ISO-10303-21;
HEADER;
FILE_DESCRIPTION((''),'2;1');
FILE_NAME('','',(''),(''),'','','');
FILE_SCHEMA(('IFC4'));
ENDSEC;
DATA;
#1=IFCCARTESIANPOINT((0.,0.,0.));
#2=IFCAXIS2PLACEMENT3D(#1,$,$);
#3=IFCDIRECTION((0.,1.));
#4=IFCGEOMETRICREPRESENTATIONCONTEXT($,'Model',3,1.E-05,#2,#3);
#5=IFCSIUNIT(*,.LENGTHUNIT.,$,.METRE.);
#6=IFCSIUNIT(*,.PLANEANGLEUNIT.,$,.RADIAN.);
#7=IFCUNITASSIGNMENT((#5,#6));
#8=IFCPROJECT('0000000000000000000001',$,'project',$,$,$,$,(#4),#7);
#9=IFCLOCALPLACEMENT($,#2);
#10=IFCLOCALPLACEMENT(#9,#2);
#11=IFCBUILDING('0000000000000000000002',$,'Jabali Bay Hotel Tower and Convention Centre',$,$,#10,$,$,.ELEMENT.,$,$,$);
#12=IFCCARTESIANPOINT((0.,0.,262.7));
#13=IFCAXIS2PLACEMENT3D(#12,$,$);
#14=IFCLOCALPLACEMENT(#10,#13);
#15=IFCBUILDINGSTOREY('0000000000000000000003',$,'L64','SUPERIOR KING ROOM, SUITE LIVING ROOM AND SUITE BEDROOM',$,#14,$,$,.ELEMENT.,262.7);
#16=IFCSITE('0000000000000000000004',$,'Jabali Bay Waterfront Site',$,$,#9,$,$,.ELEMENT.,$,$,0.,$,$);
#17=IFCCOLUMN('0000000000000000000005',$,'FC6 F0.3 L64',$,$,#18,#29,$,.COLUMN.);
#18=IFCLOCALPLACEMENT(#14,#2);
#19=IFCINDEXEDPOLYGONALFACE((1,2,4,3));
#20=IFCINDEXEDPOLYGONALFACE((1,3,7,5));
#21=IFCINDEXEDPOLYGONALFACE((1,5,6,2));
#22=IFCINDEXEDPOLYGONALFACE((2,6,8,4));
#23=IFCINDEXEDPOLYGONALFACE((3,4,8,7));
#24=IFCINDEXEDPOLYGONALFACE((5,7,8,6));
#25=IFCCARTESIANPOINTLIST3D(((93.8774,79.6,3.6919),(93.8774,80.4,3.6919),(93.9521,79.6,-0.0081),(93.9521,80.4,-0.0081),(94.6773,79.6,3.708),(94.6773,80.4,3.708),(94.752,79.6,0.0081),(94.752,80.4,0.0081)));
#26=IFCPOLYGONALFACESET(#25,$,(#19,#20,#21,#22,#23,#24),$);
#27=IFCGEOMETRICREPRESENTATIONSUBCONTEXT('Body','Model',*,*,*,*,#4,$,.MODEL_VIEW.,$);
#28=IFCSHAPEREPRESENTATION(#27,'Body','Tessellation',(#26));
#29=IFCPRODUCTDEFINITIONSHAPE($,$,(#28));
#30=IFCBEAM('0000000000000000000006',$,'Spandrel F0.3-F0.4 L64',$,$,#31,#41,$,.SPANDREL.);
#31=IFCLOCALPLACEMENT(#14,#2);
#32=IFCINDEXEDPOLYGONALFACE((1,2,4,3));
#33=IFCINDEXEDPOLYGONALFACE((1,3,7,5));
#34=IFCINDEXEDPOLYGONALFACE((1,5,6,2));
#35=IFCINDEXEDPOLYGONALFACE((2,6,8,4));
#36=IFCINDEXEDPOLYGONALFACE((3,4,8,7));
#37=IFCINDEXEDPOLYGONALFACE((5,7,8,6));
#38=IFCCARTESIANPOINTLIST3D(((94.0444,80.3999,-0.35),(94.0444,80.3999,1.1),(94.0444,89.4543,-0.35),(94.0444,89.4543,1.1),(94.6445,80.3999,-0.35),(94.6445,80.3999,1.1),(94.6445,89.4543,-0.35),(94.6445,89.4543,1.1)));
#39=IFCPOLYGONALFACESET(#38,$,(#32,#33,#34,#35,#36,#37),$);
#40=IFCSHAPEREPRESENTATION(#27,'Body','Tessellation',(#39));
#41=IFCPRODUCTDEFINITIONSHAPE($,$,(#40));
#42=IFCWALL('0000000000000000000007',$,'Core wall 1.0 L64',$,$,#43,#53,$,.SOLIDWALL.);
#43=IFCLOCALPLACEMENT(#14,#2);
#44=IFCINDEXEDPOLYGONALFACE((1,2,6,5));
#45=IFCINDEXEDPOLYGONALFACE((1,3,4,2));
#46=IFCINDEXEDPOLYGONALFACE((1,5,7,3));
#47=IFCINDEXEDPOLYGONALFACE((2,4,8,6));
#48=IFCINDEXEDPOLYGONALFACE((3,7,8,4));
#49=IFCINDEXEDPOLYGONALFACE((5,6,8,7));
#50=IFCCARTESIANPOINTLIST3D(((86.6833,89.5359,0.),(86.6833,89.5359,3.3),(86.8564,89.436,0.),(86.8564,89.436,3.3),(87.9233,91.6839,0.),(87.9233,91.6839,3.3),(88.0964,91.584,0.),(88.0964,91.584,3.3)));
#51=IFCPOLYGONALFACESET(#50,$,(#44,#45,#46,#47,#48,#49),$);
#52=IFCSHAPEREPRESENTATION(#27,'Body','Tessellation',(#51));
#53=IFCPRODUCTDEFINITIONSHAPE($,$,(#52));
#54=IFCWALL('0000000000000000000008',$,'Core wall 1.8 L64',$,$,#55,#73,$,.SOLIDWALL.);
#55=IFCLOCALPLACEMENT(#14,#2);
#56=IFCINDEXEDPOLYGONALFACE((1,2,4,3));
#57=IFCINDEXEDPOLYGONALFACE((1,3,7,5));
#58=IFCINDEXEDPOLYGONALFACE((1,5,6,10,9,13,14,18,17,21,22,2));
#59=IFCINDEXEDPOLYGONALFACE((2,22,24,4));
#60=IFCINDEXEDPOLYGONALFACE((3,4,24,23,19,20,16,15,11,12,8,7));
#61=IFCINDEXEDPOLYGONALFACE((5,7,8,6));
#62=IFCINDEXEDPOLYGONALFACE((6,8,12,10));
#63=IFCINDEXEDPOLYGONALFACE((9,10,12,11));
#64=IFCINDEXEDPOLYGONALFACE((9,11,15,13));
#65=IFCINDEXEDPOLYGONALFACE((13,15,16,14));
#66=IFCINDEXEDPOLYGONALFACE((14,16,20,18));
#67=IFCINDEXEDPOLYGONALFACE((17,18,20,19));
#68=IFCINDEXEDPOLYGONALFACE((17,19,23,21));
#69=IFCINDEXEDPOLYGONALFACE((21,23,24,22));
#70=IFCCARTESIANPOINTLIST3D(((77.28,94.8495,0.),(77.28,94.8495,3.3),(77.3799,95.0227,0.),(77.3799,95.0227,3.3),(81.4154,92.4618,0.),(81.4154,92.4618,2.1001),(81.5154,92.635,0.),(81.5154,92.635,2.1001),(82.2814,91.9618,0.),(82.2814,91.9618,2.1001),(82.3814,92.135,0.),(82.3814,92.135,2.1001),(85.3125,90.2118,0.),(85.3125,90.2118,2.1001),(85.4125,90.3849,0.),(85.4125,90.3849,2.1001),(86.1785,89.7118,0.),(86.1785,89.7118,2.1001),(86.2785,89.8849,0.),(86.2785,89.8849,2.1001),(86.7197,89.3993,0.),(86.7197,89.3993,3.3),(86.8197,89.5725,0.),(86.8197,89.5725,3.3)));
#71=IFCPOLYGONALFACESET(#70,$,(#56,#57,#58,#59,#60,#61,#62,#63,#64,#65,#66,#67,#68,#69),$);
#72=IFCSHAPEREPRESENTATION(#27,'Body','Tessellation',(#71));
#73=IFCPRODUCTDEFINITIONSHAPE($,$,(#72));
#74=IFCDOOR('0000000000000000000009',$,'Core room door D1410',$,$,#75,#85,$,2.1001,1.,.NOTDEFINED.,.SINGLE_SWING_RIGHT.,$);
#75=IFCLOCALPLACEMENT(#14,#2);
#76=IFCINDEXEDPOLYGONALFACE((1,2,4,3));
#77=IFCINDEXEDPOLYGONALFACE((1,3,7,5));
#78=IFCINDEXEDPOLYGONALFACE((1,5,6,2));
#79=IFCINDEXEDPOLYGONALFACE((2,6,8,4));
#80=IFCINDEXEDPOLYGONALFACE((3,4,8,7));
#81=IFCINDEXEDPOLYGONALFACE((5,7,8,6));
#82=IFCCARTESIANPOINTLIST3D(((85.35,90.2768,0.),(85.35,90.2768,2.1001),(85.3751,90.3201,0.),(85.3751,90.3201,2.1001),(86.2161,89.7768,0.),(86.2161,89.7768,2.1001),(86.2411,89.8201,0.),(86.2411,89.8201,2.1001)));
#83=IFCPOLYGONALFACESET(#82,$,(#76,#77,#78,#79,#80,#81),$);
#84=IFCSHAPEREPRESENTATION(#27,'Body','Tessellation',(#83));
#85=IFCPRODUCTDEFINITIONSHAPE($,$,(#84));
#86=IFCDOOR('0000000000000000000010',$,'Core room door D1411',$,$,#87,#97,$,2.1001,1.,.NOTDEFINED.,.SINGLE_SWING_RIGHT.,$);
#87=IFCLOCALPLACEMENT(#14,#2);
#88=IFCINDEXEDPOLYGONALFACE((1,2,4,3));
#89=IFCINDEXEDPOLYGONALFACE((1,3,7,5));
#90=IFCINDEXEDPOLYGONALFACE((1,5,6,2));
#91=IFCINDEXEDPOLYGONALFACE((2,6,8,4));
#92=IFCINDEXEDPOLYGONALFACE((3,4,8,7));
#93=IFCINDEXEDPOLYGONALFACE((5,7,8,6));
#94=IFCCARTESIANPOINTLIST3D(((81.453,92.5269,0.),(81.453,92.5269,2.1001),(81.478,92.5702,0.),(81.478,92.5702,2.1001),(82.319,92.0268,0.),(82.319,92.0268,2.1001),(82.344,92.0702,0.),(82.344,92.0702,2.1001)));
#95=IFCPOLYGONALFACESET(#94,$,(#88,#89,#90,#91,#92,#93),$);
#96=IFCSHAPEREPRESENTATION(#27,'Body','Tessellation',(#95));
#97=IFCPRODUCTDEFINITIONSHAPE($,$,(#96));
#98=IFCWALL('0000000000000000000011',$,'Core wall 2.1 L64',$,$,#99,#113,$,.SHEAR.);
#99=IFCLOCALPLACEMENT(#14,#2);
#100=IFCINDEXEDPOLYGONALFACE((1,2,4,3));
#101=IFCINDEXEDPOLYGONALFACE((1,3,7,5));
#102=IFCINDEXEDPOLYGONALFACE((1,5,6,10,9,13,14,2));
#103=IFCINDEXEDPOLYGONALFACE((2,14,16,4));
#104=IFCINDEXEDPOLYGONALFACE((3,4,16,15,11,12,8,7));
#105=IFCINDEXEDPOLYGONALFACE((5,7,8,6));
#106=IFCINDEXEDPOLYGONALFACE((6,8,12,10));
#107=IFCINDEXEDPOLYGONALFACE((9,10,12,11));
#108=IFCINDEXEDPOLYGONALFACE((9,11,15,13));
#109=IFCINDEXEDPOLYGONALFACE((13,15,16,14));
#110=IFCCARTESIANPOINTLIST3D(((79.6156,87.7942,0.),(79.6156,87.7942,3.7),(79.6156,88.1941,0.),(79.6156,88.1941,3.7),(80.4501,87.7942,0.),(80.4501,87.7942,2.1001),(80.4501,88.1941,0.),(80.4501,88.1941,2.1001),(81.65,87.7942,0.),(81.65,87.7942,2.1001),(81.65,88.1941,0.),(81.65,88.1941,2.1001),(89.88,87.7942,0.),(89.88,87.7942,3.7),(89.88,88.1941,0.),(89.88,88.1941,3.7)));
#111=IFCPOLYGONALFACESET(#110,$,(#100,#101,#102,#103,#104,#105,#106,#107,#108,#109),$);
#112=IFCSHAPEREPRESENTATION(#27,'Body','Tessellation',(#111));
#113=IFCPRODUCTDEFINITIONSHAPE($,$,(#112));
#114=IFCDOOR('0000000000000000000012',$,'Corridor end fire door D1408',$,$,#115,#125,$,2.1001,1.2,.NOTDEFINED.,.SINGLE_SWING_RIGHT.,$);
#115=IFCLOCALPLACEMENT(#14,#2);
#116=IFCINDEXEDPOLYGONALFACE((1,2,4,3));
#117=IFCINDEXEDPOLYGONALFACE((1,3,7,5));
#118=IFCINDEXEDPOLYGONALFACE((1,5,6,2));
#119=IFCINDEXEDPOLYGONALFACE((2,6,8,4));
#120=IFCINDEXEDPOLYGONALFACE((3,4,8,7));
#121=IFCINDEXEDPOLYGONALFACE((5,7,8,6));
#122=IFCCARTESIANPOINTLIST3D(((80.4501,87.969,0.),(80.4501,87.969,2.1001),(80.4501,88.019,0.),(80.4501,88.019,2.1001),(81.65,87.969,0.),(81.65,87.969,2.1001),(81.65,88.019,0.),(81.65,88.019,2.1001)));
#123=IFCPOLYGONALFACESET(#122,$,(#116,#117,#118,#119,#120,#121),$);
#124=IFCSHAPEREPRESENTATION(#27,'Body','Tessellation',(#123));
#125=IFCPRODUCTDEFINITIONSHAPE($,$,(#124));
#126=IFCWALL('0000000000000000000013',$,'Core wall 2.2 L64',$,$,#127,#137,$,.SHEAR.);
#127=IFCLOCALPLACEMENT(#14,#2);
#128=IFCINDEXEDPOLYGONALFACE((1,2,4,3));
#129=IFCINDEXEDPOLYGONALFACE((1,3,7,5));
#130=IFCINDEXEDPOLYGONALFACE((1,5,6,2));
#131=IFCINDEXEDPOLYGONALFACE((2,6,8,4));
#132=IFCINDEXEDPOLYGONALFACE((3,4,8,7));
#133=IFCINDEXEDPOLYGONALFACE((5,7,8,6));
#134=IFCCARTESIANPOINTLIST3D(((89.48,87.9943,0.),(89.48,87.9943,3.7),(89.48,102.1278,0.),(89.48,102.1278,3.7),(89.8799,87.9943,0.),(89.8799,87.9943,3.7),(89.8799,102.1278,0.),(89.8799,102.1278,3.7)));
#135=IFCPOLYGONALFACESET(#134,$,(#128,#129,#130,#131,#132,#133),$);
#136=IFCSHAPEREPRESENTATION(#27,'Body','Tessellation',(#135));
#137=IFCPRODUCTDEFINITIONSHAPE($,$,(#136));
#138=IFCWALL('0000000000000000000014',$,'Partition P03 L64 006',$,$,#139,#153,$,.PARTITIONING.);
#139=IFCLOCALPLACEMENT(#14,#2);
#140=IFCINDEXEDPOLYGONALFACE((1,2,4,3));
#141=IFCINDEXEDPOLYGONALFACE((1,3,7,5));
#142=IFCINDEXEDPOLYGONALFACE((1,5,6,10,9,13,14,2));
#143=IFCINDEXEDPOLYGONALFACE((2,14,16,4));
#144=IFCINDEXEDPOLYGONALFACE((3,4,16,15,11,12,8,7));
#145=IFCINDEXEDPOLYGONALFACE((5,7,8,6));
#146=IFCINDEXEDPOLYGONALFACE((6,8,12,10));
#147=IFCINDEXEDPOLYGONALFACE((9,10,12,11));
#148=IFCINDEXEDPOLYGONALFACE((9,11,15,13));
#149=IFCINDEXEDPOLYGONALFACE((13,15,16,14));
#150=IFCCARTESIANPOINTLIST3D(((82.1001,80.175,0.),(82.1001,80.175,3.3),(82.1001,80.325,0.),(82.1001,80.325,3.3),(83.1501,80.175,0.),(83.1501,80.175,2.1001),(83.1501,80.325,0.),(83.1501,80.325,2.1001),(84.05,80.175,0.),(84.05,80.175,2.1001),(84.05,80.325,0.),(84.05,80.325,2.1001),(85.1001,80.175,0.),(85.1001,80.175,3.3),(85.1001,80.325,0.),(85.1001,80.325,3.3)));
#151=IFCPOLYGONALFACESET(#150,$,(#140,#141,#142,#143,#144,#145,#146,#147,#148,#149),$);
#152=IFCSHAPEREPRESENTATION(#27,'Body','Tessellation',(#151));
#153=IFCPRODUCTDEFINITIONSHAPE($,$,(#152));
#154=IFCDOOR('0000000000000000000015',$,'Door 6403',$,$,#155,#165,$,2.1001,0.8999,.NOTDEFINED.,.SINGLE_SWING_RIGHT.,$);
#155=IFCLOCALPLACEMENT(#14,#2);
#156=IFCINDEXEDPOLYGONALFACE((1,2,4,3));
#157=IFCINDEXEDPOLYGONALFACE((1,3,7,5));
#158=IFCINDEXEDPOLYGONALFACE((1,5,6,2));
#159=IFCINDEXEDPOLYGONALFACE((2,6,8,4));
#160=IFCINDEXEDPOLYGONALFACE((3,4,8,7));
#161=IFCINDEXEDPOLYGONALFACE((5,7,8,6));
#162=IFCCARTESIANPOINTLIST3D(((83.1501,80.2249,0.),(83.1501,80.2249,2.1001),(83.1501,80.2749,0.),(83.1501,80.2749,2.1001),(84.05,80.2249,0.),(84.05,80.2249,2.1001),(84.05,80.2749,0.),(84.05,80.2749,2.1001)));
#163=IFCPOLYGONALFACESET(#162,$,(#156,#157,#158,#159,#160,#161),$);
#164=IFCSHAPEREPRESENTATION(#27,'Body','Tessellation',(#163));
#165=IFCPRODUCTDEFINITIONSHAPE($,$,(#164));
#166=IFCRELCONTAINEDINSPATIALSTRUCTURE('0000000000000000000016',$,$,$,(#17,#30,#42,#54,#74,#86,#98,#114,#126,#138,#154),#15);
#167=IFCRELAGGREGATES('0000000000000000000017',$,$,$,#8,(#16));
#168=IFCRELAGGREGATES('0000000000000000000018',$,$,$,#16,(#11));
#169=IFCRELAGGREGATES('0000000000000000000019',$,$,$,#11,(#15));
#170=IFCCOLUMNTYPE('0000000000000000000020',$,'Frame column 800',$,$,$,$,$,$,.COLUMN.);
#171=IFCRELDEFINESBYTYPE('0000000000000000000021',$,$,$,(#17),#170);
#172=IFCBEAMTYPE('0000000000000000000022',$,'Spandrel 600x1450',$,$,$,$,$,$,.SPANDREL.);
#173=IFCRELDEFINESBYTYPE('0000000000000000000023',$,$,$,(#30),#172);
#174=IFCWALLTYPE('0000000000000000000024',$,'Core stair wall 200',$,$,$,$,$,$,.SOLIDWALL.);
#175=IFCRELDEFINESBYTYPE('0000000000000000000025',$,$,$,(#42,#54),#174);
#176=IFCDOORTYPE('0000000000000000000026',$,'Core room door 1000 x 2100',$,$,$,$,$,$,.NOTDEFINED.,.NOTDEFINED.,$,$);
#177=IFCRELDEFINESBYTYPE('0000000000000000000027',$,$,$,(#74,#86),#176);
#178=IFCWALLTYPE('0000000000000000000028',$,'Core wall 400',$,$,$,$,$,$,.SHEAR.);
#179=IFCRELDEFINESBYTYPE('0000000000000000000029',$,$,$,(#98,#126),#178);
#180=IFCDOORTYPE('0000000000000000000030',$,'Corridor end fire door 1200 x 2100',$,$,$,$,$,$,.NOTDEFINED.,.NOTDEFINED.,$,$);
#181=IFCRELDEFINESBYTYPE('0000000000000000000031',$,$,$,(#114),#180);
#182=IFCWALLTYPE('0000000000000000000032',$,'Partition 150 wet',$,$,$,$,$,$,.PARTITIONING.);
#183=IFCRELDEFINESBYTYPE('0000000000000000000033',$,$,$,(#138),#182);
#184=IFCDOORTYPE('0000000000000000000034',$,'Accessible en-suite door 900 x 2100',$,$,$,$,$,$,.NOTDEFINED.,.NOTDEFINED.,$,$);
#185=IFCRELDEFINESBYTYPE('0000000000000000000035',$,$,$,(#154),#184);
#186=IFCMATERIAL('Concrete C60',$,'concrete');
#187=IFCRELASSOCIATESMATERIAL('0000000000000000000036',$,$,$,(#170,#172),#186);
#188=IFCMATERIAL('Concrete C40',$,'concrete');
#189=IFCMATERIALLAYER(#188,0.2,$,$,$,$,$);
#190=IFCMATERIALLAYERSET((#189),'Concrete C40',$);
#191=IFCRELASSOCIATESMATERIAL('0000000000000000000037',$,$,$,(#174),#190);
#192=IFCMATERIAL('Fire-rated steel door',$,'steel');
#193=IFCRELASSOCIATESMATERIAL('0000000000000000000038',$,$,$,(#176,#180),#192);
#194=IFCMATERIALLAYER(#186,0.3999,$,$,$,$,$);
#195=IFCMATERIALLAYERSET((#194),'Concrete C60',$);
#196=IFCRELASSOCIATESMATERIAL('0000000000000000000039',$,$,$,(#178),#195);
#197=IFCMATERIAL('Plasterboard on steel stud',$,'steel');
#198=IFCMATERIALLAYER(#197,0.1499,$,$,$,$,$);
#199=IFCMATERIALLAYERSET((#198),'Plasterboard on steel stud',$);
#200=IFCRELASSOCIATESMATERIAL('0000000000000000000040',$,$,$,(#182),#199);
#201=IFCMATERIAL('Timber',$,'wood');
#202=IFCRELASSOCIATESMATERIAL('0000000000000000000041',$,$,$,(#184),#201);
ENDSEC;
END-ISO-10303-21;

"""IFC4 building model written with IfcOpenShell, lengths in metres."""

from ifc_helpers import new_model, si_unit, direction, frame, frame_2d, origin, origin_2d, place, context, subcontext, project, spatial, rectangle, extrude, material, layer, layer_set, material_profile, profile_set, type_object, element, fill, save


model = new_model("IFC4")

# Units and contexts
model_context = context("Model", 3, precision=1e-05, world=origin(), true_north=direction((0.0, 1.0)))
body_context = subcontext(model_context, "Body", "Model", "MODEL_VIEW")
ifc_project = project(units=[si_unit("LENGTHUNIT", "METRE"), si_unit("PLANEANGLEUNIT", "RADIAN")], contexts=[model_context])

# Site, building, storey
site_placement = place(None, origin())
site = spatial("IfcSite", under=ifc_project, at=site_placement, Name="Jabali Bay Waterfront Site", CompositionType="ELEMENT", RefElevation=0.0)
building_placement = place(site_placement, origin())
building = spatial("IfcBuilding", under=site, at=building_placement, Name="Jabali Bay Hotel Tower and Convention Centre", CompositionType="ELEMENT")
storey_placement = place(building_placement, frame((0.0, 0.0, 262.7)))
storey = spatial("IfcBuildingStorey", under=building, at=storey_placement, Name="L64", Description="SUPERIOR KING ROOM, SUITE LIVING ROOM AND SUITE BEDROOM", CompositionType="ELEMENT", Elevation=262.7)

# Column
ifc_material_1 = material(Name="Concrete C60", Category="concrete")
ifc_material_profile_1 = material_profile(ifc_material_1, rectangle(XDim=0.8, YDim=0.8, at=origin_2d()), Name="Frame column 800")
ifc_profile_set_1 = profile_set([ifc_material_profile_1], Name="Concrete C60")
column_type = type_object("IfcColumnType", Name="Frame column 800", PredefinedType="COLUMN", material=ifc_profile_set_1)
column_placement = place(storey_placement, frame((94.3521, 80.0, 0.0), z_axis=(-0.020187, 0.0, 0.999796), x_axis=(0.0, -1.0, 0.0)))
element("IfcColumn", 1, at=column_placement, inside=storey, type_object=column_type, Name="FC6 F0.3 L64", PredefinedType="COLUMN", context=body_context, shape_type="SweptSolid", body=[
    extrude(rectangle(XDim=0.8, YDim=0.8, at=origin_2d()), origin(), (0.0, 0.0, 1.0), 3.7007),
])

# Beam
ifc_material_profile_2 = material_profile(ifc_material_1, rectangle(XDim=0.6001, YDim=1.45, at=origin_2d()), Name="Spandrel 600x1450")
ifc_profile_set_2 = profile_set([ifc_material_profile_2], Name="Concrete C60")
beam_type = type_object("IfcBeamType", Name="Spandrel 600x1450", PredefinedType="SPANDREL", material=ifc_profile_set_2)
beam_placement = place(storey_placement, frame((94.3445, 80.3999, 0.375), z_axis=(0.0, 1.0, 0.0), x_axis=(-1.0, 0.0, 0.0)))
element("IfcBeam", 2, at=beam_placement, inside=storey, type_object=beam_type, Name="Spandrel F0.3-F0.4 L64", PredefinedType="SPANDREL", context=body_context, shape_type="SweptSolid", body=[
    extrude(rectangle(XDim=0.6001, YDim=1.45, at=origin_2d()), origin(), (0.0, 0.0, 1.0), 9.0544),
])

# Wall
ifc_material_2 = material(Name="Concrete C40", Category="concrete")
ifc_layer_1 = layer(ifc_material_2, 0.2)
ifc_layer_set_1 = layer_set([ifc_layer_1], Name="Concrete C40")
wall_type_1 = type_object("IfcWallType", Name="Core stair wall 200", PredefinedType="SOLIDWALL", material=ifc_layer_set_1)
wall_1_placement = place(storey_placement, frame((86.7698, 89.4858, 0.0), z_axis=(0.0, 0.0, 1.0), x_axis=(0.499961, 0.866048, 0.0)))
element("IfcWall", 3, at=wall_1_placement, inside=storey, type_object=wall_type_1, Name="Core wall 1.0 L64", PredefinedType="SOLIDWALL", context=body_context, shape_type="SweptSolid", body=[
    extrude(rectangle(XDim=2.4802, YDim=0.2, at=frame_2d((1.2402, 0.0))), origin(), (0.0, 0.0, 1.0), 3.3),
])

# Wall, openings, doors
wall_2_placement = place(storey_placement, frame((86.7698, 89.4858, 0.0), z_axis=(0.0, 0.0, 1.0), x_axis=(-0.866018, 0.500013, 0.0)))
wall_2 = element("IfcWall", 4, at=wall_2_placement, inside=storey, type_object=wall_type_1, Name="Core wall 1.8 L64", PredefinedType="SOLIDWALL", context=body_context, shape_type="SweptSolid", body=[
    extrude(rectangle(XDim=10.9001, YDim=0.2, at=frame_2d((5.4502, 0.0))), origin(), (0.0, 0.0, 1.0), 3.3),
])
opening_1_placement = place(wall_2_placement, frame((0.625, 0.0, 0.0)))
opening_1 = element("IfcOpeningElement", 5, at=opening_1_placement, cuts=wall_2, PredefinedType="OPENING", context=body_context, shape_type="SweptSolid", body=[
    extrude(rectangle(XDim=1.0, YDim=2.1001, at=frame_2d((0.5, 1.05))), frame((0.0, 0.1104, 0.0), z_axis=(0.0, -1.0, 0.0), x_axis=(1.0, 0.0, 0.0)), (0.0, 0.0, 1.0), 0.2209),
])
opening_2_placement = place(wall_2_placement, frame((5.125, 0.0, 0.0)))
opening_2 = element("IfcOpeningElement", 6, at=opening_2_placement, cuts=wall_2, PredefinedType="OPENING", context=body_context, shape_type="SweptSolid", body=[
    extrude(rectangle(XDim=1.0, YDim=2.1001, at=frame_2d((0.5, 1.05))), frame((0.0, 0.1104, 0.0), z_axis=(0.0, -1.0, 0.0), x_axis=(1.0, 0.0, 0.0)), (0.0, 0.0, 1.0), 0.2209),
])
ifc_material_3 = material(Name="Fire-rated steel door", Category="steel")
door_type_1 = type_object("IfcDoorType", Name="Core room door 1000 x 2100", OperationType="NOTDEFINED", PredefinedType="NOTDEFINED", material=ifc_material_3)
door_1_placement = place(opening_1_placement, origin())
door_1 = element("IfcDoor", 7, at=door_1_placement, inside=storey, type_object=door_type_1, Name="Core room door D1410", OperationType="SINGLE_SWING_RIGHT", OverallHeight=2.1001, OverallWidth=1.0, PredefinedType="NOTDEFINED", context=body_context, shape_type="SweptSolid", body=[
    extrude(rectangle(XDim=1.0, YDim=2.1001, at=frame_2d((0.5, 1.05))), frame((0.0, 0.0249, 0.0), z_axis=(0.0, -1.0, 0.0), x_axis=(1.0, 0.0, 0.0)), (0.0, 0.0, 1.0), 0.05),
])
fill(opening_1, door_1)
door_2_placement = place(opening_2_placement, origin())
door_2 = element("IfcDoor", 8, at=door_2_placement, inside=storey, type_object=door_type_1, Name="Core room door D1411", OperationType="SINGLE_SWING_RIGHT", OverallHeight=2.1001, OverallWidth=1.0, PredefinedType="NOTDEFINED", context=body_context, shape_type="SweptSolid", body=[
    extrude(rectangle(XDim=1.0, YDim=2.1001, at=frame_2d((0.5, 1.05))), frame((0.0, 0.0249, 0.0), z_axis=(0.0, -1.0, 0.0), x_axis=(1.0, 0.0, 0.0)), (0.0, 0.0, 1.0), 0.05),
])
fill(opening_2, door_2)

# Wall, opening, door
ifc_layer_2 = layer(ifc_material_1, 0.3999)
ifc_layer_set_2 = layer_set([ifc_layer_2], Name="Concrete C60")
wall_type_2 = type_object("IfcWallType", Name="Core wall 400", PredefinedType="SHEAR", material=ifc_layer_set_2)
wall_3_placement = place(storey_placement, frame((79.6155, 87.9941, 0.0), z_axis=(0.0, 0.0, 1.0), x_axis=(1.0, 0.0, 0.0)))
wall_3 = element("IfcWall", 9, at=wall_3_placement, inside=storey, type_object=wall_type_2, Name="Core wall 2.1 L64", PredefinedType="SHEAR", context=body_context, shape_type="SweptSolid", body=[
    extrude(rectangle(XDim=10.2644, YDim=0.3999, at=frame_2d((5.1323, 0.0))), origin(), (0.0, 0.0, 1.0), 3.7),
])
opening_3_placement = place(wall_3_placement, frame((0.8345, 0.0, 0.0)))
opening_3 = element("IfcOpeningElement", 10, at=opening_3_placement, cuts=wall_3, PredefinedType="OPENING", context=body_context, shape_type="SweptSolid", body=[
    extrude(rectangle(XDim=1.2, YDim=2.1001, at=frame_2d((0.6001, 1.05))), frame((0.0, 0.2104, 0.0), z_axis=(0.0, -1.0, 0.0), x_axis=(1.0, 0.0, 0.0)), (0.0, 0.0, 1.0), 0.4209),
])
door_type_2 = type_object("IfcDoorType", Name="Corridor end fire door 1200 x 2100", OperationType="NOTDEFINED", PredefinedType="NOTDEFINED", material=ifc_material_3)
door_3_placement = place(opening_3_placement, origin())
door_3 = element("IfcDoor", 11, at=door_3_placement, inside=storey, type_object=door_type_2, Name="Corridor end fire door D1408", OperationType="SINGLE_SWING_RIGHT", OverallHeight=2.1001, OverallWidth=1.2, PredefinedType="NOTDEFINED", context=body_context, shape_type="SweptSolid", body=[
    extrude(rectangle(XDim=1.2, YDim=2.1001, at=frame_2d((0.6001, 1.05))), frame((0.0, 0.0249, 0.0), z_axis=(0.0, -1.0, 0.0), x_axis=(1.0, 0.0, 0.0)), (0.0, 0.0, 1.0), 0.05),
])
fill(opening_3, door_3)

# Wall
wall_4_placement = place(storey_placement, frame((89.6799, 87.9941, 0.0), z_axis=(0.0, 0.0, 1.0), x_axis=(0.0, 1.0, 0.0)))
element("IfcWall", 12, at=wall_4_placement, inside=storey, type_object=wall_type_2, Name="Core wall 2.2 L64", PredefinedType="SHEAR", context=body_context, shape_type="SweptSolid", body=[
    extrude(rectangle(XDim=14.1335, YDim=0.3999, at=frame_2d((7.0669, 0.0))), origin(), (0.0, 0.0, 1.0), 3.7),
])

# Wall, opening, door
ifc_material_4 = material(Name="Plasterboard on steel stud", Category="steel")
ifc_layer_3 = layer(ifc_material_4, 0.1499)
ifc_layer_set_3 = layer_set([ifc_layer_3], Name="Plasterboard on steel stud")
wall_type_3 = type_object("IfcWallType", Name="Partition 150 wet", PredefinedType="PARTITIONING", material=ifc_layer_set_3)
wall_5_placement = place(storey_placement, frame((82.1001, 80.25, 0.0), z_axis=(0.0, 0.0, 1.0), x_axis=(1.0, 0.0, 0.0)))
wall_5 = element("IfcWall", 13, at=wall_5_placement, inside=storey, type_object=wall_type_3, Name="Partition P03 L64 006", PredefinedType="PARTITIONING", context=body_context, shape_type="SweptSolid", body=[
    extrude(rectangle(XDim=3.0, YDim=0.1499, at=frame_2d((1.5, 0.0))), origin(), (0.0, 0.0, 1.0), 3.3),
])
opening_4_placement = place(wall_5_placement, frame((1.05, 0.0, 0.0)))
opening_4 = element("IfcOpeningElement", 14, at=opening_4_placement, cuts=wall_5, PredefinedType="OPENING", context=body_context, shape_type="SweptSolid", body=[
    extrude(rectangle(XDim=0.8999, YDim=2.1001, at=frame_2d((0.45, 1.05))), frame((0.0, 0.0854, 0.0), z_axis=(0.0, -1.0, 0.0), x_axis=(1.0, 0.0, 0.0)), (0.0, 0.0, 1.0), 0.1709),
])
ifc_material_5 = material(Name="Timber", Category="wood")
door_type_3 = type_object("IfcDoorType", Name="Accessible en-suite door 900 x 2100", OperationType="NOTDEFINED", PredefinedType="NOTDEFINED", material=ifc_material_5)
door_4_placement = place(opening_4_placement, origin())
door_4 = element("IfcDoor", 15, at=door_4_placement, inside=storey, type_object=door_type_3, Name="Door 6403", OperationType="SINGLE_SWING_RIGHT", OverallHeight=2.1001, OverallWidth=0.8999, PredefinedType="NOTDEFINED", context=body_context, shape_type="SweptSolid", body=[
    extrude(rectangle(XDim=0.8999, YDim=2.1001, at=frame_2d((0.45, 1.05))), frame((0.0, 0.0249, 0.0), z_axis=(0.0, -1.0, 0.0), x_axis=(1.0, 0.0, 0.0)), (0.0, 0.0, 1.0), 0.05),
])
fill(opening_4, door_4)

save(model, "model.ifc")
